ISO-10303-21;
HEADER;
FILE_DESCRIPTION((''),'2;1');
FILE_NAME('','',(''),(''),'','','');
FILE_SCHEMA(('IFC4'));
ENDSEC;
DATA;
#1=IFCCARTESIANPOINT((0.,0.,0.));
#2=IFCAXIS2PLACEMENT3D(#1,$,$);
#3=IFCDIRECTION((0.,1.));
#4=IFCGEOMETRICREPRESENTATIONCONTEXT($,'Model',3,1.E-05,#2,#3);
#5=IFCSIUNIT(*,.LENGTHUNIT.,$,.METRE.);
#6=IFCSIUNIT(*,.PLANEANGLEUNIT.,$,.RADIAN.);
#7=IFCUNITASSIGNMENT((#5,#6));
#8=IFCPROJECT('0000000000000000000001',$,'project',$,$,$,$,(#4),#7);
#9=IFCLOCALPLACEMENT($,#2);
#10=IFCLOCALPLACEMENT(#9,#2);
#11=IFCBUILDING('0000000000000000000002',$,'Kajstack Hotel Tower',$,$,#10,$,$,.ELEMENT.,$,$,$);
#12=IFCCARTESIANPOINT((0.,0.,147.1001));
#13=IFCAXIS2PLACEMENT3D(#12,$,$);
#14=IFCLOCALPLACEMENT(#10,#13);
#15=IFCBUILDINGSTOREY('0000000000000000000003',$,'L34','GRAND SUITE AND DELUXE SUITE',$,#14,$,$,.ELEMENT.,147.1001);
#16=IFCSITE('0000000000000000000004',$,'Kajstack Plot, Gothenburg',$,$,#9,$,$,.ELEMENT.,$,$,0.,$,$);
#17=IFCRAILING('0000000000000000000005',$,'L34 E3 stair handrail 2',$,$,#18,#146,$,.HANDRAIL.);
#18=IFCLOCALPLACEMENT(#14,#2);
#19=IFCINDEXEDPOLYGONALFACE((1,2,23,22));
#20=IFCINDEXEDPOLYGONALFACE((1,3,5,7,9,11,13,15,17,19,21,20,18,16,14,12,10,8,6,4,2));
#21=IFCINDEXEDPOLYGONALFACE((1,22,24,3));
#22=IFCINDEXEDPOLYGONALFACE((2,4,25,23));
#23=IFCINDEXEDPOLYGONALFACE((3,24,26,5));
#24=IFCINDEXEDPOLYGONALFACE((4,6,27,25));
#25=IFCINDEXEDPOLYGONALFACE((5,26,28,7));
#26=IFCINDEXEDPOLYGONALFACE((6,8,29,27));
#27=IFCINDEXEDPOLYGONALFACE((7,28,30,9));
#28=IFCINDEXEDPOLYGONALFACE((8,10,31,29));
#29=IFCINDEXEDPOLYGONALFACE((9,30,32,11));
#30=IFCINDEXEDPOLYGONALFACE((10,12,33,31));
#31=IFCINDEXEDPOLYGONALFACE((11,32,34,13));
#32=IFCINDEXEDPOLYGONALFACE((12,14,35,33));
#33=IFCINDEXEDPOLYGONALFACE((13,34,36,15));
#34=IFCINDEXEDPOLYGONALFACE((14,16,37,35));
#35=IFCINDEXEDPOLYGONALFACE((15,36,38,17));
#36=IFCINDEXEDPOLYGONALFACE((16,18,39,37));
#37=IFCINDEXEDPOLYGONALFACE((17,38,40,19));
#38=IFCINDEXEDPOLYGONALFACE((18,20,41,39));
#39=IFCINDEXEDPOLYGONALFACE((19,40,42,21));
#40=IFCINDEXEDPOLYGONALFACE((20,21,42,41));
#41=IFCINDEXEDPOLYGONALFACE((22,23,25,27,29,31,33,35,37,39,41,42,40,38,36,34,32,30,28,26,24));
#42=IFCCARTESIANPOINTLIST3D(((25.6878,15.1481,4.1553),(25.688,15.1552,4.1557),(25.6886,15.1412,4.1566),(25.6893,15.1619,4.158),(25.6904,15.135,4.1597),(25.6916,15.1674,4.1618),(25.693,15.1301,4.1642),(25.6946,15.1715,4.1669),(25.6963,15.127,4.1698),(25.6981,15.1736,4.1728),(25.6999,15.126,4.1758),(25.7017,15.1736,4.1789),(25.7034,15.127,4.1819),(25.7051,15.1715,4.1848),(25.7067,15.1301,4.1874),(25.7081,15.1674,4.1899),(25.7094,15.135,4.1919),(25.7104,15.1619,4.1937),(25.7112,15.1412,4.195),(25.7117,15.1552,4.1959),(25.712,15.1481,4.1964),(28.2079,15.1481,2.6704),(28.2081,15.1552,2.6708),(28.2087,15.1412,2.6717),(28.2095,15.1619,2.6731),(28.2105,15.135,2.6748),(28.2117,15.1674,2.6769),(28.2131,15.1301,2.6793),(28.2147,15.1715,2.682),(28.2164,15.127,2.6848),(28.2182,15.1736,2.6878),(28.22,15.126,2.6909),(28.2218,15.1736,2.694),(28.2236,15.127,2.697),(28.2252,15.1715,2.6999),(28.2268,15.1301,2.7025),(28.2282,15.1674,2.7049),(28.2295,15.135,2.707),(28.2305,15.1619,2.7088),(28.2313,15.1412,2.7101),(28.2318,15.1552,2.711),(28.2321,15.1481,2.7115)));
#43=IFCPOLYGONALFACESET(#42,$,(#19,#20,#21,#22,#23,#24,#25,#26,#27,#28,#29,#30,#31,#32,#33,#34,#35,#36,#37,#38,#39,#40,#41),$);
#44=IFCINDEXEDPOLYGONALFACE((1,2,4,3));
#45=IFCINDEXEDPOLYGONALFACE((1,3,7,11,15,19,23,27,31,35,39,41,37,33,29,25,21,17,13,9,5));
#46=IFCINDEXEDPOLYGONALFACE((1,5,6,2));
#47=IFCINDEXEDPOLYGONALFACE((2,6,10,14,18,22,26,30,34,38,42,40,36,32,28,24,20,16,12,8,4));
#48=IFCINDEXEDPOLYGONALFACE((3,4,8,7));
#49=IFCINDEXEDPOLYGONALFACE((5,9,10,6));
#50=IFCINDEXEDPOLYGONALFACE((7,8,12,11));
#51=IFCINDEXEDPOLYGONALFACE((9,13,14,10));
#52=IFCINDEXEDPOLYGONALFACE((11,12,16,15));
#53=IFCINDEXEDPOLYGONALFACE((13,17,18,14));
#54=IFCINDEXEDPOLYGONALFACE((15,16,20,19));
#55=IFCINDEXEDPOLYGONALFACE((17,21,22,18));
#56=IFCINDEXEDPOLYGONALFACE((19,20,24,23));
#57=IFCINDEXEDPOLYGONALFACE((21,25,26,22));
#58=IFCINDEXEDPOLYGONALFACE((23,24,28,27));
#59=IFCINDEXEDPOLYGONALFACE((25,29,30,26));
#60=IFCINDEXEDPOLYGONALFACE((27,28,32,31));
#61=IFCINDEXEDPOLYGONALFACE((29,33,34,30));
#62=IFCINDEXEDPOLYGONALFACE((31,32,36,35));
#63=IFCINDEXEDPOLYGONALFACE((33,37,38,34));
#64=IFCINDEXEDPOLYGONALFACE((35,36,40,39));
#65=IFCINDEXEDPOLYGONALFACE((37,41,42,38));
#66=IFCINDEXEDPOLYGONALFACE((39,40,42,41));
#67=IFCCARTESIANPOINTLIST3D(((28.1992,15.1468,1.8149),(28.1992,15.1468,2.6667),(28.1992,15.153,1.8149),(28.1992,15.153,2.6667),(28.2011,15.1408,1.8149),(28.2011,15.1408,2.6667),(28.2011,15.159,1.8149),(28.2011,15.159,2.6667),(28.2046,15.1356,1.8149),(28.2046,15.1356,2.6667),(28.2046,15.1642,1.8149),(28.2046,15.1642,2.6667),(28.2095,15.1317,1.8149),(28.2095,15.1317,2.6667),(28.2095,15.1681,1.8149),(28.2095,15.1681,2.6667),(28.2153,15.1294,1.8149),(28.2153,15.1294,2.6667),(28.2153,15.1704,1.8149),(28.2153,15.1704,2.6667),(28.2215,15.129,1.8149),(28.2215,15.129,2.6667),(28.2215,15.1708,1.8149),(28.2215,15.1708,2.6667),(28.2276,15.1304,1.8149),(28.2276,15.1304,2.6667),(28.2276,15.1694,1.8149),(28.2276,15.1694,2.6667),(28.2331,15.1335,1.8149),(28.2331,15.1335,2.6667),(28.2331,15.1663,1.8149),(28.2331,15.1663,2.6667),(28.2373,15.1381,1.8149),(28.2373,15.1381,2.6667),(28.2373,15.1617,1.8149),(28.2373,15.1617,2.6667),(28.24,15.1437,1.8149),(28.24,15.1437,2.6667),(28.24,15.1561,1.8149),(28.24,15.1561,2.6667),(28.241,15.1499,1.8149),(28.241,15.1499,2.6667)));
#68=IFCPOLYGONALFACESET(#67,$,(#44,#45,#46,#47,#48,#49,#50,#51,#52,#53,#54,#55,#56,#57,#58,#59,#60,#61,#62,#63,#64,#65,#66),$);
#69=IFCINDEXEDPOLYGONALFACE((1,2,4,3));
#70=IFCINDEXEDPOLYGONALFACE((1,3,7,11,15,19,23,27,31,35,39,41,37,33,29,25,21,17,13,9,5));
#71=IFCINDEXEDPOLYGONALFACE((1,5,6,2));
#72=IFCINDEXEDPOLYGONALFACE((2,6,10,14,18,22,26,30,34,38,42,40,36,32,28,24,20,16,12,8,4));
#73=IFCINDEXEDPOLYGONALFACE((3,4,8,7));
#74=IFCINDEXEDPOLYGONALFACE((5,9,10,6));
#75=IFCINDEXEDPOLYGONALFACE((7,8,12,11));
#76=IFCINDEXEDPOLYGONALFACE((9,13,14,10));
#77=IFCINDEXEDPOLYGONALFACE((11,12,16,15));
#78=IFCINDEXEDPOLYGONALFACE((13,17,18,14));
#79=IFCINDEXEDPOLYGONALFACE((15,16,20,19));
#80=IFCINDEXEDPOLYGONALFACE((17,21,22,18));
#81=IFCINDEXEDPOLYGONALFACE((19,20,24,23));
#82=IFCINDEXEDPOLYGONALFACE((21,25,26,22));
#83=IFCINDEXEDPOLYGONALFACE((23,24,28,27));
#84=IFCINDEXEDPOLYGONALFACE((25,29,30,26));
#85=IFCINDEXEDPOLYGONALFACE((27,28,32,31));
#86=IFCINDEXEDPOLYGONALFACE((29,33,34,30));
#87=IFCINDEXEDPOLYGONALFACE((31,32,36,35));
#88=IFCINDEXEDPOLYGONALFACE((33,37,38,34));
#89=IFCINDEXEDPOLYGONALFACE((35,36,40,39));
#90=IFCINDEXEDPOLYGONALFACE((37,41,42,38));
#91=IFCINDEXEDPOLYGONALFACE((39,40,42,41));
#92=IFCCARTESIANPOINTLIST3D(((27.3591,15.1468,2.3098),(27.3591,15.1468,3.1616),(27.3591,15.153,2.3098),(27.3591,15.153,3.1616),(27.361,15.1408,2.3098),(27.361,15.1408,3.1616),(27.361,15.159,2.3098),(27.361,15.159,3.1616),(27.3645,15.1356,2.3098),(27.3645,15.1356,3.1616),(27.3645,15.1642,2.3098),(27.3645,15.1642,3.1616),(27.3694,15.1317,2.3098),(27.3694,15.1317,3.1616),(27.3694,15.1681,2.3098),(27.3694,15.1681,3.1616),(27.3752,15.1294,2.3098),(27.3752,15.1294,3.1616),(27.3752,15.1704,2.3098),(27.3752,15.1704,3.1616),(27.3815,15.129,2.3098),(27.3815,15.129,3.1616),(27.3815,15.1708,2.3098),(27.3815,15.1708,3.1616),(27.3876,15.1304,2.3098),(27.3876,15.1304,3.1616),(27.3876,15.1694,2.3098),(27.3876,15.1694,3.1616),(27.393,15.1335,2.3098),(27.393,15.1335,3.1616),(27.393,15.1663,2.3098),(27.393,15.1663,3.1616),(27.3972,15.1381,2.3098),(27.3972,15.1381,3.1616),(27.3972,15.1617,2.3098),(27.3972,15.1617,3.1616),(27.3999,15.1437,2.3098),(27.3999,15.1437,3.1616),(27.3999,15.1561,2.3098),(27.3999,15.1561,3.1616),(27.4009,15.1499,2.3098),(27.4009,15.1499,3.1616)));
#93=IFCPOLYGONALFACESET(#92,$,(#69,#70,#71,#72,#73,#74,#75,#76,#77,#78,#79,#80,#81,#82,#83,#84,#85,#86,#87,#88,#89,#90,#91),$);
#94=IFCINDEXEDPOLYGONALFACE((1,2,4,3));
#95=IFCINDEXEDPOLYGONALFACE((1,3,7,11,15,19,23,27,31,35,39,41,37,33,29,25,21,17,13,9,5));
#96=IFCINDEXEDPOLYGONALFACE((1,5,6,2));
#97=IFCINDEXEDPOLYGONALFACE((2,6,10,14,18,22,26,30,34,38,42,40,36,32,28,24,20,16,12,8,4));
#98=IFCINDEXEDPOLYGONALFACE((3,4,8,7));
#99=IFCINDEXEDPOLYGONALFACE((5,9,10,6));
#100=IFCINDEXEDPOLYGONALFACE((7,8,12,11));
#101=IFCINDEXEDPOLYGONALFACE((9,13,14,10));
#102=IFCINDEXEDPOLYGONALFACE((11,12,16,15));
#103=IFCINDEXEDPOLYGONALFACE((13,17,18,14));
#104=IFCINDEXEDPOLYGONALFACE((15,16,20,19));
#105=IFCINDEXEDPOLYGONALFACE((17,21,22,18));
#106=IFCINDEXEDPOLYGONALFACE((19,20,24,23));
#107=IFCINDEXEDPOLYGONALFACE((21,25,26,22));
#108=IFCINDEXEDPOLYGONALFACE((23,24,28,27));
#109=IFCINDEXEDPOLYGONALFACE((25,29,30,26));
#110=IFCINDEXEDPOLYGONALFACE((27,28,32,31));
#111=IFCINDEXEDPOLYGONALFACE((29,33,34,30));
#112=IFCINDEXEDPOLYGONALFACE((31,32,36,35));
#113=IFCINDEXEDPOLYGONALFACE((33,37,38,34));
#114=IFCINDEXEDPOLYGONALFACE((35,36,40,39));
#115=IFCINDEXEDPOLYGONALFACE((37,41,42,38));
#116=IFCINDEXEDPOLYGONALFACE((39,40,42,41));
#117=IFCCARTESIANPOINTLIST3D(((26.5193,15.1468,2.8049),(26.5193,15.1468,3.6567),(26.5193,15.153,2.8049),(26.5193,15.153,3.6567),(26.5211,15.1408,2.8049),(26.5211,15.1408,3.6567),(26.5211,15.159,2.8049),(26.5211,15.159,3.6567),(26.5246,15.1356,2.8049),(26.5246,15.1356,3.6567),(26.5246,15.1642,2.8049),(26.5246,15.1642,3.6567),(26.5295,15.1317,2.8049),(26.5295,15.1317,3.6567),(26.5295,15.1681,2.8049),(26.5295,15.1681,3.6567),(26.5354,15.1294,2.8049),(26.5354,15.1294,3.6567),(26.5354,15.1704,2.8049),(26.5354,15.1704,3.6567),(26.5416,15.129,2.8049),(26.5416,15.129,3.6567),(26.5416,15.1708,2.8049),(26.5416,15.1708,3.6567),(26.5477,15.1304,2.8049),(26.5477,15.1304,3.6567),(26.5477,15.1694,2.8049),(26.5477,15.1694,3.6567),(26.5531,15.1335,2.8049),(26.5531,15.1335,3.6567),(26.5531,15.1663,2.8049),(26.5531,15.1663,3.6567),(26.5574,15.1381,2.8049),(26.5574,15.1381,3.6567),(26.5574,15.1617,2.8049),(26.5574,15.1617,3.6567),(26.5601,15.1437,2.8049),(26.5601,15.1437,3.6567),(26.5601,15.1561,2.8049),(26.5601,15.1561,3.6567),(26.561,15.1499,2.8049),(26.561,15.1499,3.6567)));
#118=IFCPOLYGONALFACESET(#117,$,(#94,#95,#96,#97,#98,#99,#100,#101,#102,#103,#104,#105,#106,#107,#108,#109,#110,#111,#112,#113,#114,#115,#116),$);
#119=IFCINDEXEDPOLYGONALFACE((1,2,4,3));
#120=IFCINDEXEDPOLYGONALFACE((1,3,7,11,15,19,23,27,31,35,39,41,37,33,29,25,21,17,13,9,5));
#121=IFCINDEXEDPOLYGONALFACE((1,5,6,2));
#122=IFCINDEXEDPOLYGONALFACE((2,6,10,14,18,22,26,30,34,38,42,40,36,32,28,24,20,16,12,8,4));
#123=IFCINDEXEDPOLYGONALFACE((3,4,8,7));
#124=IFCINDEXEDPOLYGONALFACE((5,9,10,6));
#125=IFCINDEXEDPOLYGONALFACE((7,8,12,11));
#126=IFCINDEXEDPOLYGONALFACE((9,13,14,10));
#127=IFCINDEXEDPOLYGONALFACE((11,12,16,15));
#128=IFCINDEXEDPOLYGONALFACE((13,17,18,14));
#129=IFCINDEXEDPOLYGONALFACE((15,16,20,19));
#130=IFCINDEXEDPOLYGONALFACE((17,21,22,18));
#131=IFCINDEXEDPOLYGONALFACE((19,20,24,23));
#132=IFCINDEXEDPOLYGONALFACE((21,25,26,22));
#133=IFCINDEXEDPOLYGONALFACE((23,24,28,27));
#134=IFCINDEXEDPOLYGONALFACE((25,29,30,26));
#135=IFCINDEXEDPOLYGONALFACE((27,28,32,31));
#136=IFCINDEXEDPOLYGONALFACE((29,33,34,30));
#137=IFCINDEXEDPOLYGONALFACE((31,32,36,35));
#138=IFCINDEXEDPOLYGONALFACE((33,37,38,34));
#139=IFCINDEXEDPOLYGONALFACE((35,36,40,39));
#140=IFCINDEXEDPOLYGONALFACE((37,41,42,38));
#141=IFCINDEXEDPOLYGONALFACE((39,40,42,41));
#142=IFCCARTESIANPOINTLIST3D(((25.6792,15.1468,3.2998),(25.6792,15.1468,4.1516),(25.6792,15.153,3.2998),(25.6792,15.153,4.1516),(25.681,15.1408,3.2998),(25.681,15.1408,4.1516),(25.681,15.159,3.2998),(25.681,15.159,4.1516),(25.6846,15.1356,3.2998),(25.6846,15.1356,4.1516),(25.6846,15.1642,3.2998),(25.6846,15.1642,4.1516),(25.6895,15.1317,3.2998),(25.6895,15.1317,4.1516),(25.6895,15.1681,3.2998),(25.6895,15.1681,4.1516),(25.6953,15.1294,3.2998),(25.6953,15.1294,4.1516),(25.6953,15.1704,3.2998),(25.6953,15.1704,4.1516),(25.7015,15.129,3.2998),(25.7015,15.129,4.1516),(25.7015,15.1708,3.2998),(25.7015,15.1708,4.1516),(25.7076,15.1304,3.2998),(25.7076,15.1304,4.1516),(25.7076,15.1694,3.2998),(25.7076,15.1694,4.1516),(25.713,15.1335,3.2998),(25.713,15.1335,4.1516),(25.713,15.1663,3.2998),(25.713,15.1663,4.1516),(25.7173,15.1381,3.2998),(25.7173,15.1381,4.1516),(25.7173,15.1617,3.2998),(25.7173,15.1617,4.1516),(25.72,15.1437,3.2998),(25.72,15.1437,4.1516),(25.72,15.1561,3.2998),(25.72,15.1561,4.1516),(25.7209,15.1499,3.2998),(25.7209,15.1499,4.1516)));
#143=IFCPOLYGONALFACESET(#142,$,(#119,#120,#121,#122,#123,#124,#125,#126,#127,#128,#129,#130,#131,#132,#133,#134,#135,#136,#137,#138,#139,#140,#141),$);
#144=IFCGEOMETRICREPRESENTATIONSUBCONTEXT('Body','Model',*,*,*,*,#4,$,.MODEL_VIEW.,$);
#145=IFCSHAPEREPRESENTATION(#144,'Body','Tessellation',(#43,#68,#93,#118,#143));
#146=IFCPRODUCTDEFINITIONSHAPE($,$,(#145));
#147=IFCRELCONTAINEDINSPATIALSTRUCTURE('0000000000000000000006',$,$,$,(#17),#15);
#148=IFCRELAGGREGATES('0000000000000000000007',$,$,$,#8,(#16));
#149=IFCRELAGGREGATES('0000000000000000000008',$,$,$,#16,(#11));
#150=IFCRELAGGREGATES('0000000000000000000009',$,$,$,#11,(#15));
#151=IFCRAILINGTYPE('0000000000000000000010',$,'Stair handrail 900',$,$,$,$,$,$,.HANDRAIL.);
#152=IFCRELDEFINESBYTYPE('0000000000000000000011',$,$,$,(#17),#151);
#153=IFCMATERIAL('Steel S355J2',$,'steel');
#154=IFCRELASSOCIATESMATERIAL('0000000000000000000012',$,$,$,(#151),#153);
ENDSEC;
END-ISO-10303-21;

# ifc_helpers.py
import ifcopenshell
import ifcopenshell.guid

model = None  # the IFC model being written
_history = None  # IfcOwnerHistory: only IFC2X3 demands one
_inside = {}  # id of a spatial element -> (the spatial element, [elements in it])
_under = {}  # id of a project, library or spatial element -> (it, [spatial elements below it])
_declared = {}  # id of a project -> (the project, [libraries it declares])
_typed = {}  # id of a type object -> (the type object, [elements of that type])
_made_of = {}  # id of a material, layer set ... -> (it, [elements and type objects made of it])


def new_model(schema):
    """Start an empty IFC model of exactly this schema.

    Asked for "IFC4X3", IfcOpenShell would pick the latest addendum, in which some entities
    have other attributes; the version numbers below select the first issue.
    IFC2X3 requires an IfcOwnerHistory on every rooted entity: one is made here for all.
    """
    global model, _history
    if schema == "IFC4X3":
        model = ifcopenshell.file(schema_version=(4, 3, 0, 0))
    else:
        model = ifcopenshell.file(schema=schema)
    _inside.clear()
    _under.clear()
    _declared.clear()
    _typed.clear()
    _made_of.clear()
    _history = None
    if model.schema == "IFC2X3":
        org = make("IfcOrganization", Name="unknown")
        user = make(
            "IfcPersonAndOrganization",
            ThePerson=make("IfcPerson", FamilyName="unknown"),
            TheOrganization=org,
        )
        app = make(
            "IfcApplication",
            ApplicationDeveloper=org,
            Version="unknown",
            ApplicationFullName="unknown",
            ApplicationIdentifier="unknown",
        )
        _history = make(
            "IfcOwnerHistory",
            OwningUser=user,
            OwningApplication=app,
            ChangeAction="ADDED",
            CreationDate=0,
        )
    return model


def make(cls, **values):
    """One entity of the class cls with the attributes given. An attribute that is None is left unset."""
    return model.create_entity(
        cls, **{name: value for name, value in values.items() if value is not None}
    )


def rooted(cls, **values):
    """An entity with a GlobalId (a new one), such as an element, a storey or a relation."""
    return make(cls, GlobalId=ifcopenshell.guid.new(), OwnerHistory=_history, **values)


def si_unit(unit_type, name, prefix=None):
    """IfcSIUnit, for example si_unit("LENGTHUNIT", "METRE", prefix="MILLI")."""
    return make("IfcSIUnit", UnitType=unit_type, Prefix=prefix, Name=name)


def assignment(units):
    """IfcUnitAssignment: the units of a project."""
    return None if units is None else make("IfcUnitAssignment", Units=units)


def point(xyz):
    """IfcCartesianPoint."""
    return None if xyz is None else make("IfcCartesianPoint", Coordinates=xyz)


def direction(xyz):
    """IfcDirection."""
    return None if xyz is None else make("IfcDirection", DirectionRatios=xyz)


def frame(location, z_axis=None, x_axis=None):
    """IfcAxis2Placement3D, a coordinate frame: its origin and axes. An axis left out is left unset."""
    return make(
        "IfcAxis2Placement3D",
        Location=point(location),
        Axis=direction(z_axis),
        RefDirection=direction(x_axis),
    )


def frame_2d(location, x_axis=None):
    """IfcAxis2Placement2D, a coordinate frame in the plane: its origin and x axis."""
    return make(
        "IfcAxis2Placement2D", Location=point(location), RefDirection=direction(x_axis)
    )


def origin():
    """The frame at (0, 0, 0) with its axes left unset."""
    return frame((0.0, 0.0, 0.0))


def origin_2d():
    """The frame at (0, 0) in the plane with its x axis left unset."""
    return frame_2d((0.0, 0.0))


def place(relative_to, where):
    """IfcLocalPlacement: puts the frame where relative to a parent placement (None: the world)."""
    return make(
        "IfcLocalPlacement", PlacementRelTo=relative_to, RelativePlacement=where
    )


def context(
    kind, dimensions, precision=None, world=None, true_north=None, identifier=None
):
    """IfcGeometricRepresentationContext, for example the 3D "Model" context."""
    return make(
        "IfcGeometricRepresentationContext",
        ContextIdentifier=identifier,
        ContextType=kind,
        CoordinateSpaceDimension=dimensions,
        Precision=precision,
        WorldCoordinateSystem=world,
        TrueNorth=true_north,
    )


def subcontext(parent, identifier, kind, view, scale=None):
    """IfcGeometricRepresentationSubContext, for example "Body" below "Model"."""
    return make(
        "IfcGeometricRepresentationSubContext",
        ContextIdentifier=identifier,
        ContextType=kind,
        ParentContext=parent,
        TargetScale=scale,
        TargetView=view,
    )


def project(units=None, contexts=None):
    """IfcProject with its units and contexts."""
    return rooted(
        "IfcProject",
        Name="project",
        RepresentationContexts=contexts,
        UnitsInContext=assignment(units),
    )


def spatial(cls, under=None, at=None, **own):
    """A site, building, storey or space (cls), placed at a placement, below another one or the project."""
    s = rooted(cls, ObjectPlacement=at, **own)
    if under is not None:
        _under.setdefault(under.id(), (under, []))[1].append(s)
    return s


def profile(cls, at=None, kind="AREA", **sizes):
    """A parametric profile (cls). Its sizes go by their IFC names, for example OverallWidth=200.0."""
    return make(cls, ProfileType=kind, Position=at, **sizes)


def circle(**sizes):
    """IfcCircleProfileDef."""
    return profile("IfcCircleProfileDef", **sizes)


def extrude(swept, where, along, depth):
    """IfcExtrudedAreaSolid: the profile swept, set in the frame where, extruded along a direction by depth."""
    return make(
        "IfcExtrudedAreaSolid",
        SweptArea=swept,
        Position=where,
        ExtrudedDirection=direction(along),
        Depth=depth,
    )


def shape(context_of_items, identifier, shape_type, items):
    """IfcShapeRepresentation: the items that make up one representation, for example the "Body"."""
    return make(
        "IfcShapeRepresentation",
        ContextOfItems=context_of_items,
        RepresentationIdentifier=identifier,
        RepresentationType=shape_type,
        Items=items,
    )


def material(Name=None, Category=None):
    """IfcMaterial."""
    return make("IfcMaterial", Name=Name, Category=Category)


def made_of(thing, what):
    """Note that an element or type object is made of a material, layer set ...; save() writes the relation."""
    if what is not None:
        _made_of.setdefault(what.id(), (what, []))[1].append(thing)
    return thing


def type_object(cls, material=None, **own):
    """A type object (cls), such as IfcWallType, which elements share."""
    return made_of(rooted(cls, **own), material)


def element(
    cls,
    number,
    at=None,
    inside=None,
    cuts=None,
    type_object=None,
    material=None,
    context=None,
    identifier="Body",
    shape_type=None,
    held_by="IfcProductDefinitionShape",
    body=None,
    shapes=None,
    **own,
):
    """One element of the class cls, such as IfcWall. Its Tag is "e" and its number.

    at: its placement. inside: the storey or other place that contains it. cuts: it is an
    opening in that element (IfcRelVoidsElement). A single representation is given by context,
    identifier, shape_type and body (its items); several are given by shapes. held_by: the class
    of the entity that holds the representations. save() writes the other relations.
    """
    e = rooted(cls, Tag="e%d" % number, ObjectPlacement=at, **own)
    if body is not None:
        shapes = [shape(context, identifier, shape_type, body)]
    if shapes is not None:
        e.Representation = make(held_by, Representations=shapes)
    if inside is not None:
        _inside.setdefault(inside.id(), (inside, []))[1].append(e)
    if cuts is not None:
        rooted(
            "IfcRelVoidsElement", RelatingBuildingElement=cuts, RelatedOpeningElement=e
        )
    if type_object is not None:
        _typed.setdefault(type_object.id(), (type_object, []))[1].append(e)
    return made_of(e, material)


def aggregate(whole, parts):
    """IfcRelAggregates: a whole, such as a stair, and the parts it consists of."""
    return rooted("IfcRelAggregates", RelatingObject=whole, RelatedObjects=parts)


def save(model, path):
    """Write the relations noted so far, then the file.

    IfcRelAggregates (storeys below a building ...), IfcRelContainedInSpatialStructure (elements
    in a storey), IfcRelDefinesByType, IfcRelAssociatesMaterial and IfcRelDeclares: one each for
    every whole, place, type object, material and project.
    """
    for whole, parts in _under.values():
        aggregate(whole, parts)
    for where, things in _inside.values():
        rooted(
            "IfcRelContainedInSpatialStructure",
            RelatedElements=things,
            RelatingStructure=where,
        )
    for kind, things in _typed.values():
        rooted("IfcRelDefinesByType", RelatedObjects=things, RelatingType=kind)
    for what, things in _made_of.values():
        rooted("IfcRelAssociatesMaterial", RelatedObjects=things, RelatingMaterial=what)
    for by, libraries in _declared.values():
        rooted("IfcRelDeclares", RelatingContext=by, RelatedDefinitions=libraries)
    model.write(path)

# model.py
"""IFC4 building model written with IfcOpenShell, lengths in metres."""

from ifc_helpers import new_model, si_unit, direction, frame, origin, origin_2d, place, context, subcontext, project, spatial, circle, extrude, material, type_object, element, save


model = new_model("IFC4")

# Units and contexts
model_context = context("Model", 3, precision=1e-05, world=origin(), true_north=direction((0.0, 1.0)))
body_context = subcontext(model_context, "Body", "Model", "MODEL_VIEW")
ifc_project = project(units=[si_unit("LENGTHUNIT", "METRE"), si_unit("PLANEANGLEUNIT", "RADIAN")], contexts=[model_context])

# Site, building, storey
site_placement = place(None, origin())
site = spatial("IfcSite", under=ifc_project, at=site_placement, Name="Kajstack Plot, Gothenburg", CompositionType="ELEMENT", RefElevation=0.0)
building_placement = place(site_placement, origin())
building = spatial("IfcBuilding", under=site, at=building_placement, Name="Kajstack Hotel Tower", CompositionType="ELEMENT")
storey_placement = place(building_placement, frame((0.0, 0.0, 147.1001)))
storey = spatial("IfcBuildingStorey", under=building, at=storey_placement, Name="L34", Description="GRAND SUITE AND DELUXE SUITE", CompositionType="ELEMENT", Elevation=147.1001)

# Railing
ifc_material_1 = material(Name="Steel S355J2", Category="steel")
railing_type_1 = type_object("IfcRailingType", Name="Stair handrail 900", PredefinedType="HANDRAIL", material=ifc_material_1)
railing_1_placement = place(storey_placement, frame((28.22, 15.1499, 1.8149)))
element("IfcRailing", 1, at=railing_1_placement, inside=storey, type_object=railing_type_1, Name="L34 E3 stair handrail 2", PredefinedType="HANDRAIL", context=body_context, shape_type="SweptSolid", body=[
    extrude(circle(Radius=0.0239, at=origin_2d()), frame((0.0, 0.0, 0.876), z_axis=(-0.861561, 0.0, 0.507655), x_axis=(0.0, -1.0, 0.0)), (0.0, 0.0, 1.0), 2.925),
    extrude(circle(Radius=0.021, at=origin_2d()), origin(), (0.0, 0.0, 1.0), 0.8518),
    extrude(circle(Radius=0.021, at=origin_2d()), frame((-0.8401, 0.0, 0.4949)), (0.0, 0.0, 1.0), 0.8518),
    extrude(circle(Radius=0.021, at=origin_2d()), frame((-1.6799, 0.0, 0.99)), (0.0, 0.0, 1.0), 0.8518),
    extrude(circle(Radius=0.021, at=origin_2d()), frame((-2.52, 0.0, 1.4849)), (0.0, 0.0, 1.0), 0.8518),
])

save(model, "model.ifc")
